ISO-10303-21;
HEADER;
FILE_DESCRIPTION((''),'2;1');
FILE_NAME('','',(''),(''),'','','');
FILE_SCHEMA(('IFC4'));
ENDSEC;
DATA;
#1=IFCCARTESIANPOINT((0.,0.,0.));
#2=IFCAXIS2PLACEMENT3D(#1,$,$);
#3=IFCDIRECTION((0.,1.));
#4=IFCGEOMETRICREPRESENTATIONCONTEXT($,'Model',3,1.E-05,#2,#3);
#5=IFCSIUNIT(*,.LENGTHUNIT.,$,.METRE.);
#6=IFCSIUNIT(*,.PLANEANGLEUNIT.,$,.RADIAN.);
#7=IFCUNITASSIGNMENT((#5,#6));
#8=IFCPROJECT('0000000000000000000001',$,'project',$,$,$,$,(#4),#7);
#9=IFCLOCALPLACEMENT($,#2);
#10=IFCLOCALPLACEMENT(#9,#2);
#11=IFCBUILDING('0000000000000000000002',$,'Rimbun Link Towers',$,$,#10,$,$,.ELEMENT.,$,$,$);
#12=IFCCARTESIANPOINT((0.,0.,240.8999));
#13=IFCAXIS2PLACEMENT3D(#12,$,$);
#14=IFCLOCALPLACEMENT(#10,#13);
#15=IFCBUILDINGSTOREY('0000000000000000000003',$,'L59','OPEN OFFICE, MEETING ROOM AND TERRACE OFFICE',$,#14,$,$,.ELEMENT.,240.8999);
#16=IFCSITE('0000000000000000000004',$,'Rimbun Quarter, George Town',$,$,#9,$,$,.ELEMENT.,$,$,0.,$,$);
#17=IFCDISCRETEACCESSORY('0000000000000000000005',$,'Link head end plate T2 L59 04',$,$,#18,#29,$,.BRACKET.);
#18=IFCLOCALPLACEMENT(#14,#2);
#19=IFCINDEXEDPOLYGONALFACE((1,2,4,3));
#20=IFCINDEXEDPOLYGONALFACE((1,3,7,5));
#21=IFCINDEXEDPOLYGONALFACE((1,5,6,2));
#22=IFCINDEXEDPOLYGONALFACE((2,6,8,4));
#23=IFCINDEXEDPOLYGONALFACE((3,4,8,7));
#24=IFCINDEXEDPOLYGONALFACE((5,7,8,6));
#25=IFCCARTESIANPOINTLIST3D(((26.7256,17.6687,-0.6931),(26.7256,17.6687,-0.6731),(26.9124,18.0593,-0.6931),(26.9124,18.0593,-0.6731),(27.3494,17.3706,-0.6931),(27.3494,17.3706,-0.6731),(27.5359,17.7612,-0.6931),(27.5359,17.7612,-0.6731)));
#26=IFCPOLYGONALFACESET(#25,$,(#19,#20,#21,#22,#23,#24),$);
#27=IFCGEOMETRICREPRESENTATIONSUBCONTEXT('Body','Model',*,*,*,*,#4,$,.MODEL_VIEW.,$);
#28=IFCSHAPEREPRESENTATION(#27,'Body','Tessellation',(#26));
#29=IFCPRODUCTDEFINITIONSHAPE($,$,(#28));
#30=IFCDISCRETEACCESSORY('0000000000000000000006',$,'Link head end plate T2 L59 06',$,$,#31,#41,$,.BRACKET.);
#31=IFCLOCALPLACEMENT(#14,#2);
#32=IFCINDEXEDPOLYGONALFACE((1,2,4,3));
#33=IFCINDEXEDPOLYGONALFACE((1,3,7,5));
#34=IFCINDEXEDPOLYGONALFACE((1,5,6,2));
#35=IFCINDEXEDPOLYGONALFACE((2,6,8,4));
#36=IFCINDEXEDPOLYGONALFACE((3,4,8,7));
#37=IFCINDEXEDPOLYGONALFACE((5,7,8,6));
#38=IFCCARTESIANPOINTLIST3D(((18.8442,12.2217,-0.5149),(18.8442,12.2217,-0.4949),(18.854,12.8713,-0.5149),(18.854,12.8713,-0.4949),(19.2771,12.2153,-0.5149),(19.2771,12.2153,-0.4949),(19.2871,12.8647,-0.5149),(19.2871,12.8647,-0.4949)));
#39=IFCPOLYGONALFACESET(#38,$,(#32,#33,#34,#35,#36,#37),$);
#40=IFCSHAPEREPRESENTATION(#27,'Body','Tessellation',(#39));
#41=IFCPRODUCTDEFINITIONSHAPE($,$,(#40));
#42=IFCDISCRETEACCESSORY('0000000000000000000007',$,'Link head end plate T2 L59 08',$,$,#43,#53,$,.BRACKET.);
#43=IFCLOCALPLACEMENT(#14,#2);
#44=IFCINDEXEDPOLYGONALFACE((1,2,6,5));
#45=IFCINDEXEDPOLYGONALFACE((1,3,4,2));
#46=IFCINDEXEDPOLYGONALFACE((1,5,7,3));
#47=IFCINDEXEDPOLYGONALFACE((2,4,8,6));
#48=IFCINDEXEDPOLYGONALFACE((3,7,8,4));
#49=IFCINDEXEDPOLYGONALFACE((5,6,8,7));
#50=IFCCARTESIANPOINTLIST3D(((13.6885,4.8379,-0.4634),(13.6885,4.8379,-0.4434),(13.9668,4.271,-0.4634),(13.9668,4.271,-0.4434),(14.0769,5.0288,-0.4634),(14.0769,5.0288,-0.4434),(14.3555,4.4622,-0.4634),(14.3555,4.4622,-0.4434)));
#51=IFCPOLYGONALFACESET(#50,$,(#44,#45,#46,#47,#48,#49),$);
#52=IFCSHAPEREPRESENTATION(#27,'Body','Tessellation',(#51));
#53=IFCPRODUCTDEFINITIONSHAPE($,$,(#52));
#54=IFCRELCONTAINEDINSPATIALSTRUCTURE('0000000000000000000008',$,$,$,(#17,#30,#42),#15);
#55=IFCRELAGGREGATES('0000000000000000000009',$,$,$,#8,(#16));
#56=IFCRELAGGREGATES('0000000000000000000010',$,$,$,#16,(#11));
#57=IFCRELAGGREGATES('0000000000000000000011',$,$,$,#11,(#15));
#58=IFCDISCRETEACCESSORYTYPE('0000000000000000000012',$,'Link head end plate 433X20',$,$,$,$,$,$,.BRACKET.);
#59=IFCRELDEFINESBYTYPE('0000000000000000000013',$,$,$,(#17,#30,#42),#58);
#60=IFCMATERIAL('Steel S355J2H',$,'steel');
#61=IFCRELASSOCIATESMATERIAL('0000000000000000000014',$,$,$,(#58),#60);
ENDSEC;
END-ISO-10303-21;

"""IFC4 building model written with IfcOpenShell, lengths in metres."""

from ifc_helpers import new_model, si_unit, direction, frame, origin, origin_2d, place, context, subcontext, project, spatial, polyline, rectangle, outline, extrude, material, material_profile, profile_set, type_object, element, save


model = new_model("IFC4")

# Units and contexts
model_context = context("Model", 3, precision=1e-05, world=origin(), true_north=direction((0.0, 1.0)))
body_context = subcontext(model_context, "Body", "Model", "MODEL_VIEW")
ifc_project = project(units=[si_unit("LENGTHUNIT", "METRE"), si_unit("PLANEANGLEUNIT", "RADIAN")], contexts=[model_context])

# Site, building, storey
site_placement = place(None, origin())
site = spatial("IfcSite", under=ifc_project, at=site_placement, Name="Rimbun Quarter, George Town", CompositionType="ELEMENT", RefElevation=0.0)
building_placement = place(site_placement, origin())
building = spatial("IfcBuilding", under=site, at=building_placement, Name="Rimbun Link Towers", CompositionType="ELEMENT")
storey_placement = place(building_placement, frame((0.0, 0.0, 240.8999)))
storey = spatial("IfcBuildingStorey", under=building, at=storey_placement, Name="L59", Description="OPEN OFFICE, MEETING ROOM AND TERRACE OFFICE", CompositionType="ELEMENT", Elevation=240.8999)

# Discrete accessories
ifc_material_1 = material(Name="Steel S355J2H", Category="steel")
ifc_material_profile_1 = material_profile(ifc_material_1, rectangle(XDim=0.4331, YDim=0.4331, at=origin_2d()), Name="PL 433x433")
ifc_profile_set_1 = profile_set([ifc_material_profile_1], Name="Steel S355J2H")
discrete_accessory_type_1 = type_object("IfcDiscreteAccessoryType", Name="Link head end plate 433X20", PredefinedType="BRACKET", material=ifc_profile_set_1)
discrete_accessory_1_placement = place(storey_placement, frame((0.0, 0.0, -0.6931)))
element("IfcDiscreteAccessory", 1, at=discrete_accessory_1_placement, inside=storey, type_object=discrete_accessory_type_1, Name="Link head end plate T2 L59 04", PredefinedType="BRACKET", context=body_context, shape_type="SweptSolid", body=[
    extrude(outline(polyline([(27.5359, 17.7612), (26.9124, 18.0593), (26.7256, 17.6687), (27.3494, 17.3706), (27.5359, 17.7612)])), origin(), (0.0, 0.0, 1.0), 0.02),
])
discrete_accessory_2_placement = place(storey_placement, frame((0.0, 0.0, -0.5149)))
element("IfcDiscreteAccessory", 2, at=discrete_accessory_2_placement, inside=storey, type_object=discrete_accessory_type_1, Name="Link head end plate T2 L59 06", PredefinedType="BRACKET", context=body_context, shape_type="SweptSolid", body=[
    extrude(outline(polyline([(19.2771, 12.2153), (19.2871, 12.8647), (18.854, 12.8713), (18.8442, 12.2217), (19.2771, 12.2153)])), origin(), (0.0, 0.0, 1.0), 0.02),
])
discrete_accessory_3_placement = place(storey_placement, frame((0.0, 0.0, -0.4634)))
element("IfcDiscreteAccessory", 3, at=discrete_accessory_3_placement, inside=storey, type_object=discrete_accessory_type_1, Name="Link head end plate T2 L59 08", PredefinedType="BRACKET", context=body_context, shape_type="SweptSolid", body=[
    extrude(outline(polyline([(14.3555, 4.4622), (14.0769, 5.0288), (13.6885, 4.8379), (13.9668, 4.271), (14.3555, 4.4622)])), origin(), (0.0, 0.0, 1.0), 0.02),
])

save(model, "model.ifc")
